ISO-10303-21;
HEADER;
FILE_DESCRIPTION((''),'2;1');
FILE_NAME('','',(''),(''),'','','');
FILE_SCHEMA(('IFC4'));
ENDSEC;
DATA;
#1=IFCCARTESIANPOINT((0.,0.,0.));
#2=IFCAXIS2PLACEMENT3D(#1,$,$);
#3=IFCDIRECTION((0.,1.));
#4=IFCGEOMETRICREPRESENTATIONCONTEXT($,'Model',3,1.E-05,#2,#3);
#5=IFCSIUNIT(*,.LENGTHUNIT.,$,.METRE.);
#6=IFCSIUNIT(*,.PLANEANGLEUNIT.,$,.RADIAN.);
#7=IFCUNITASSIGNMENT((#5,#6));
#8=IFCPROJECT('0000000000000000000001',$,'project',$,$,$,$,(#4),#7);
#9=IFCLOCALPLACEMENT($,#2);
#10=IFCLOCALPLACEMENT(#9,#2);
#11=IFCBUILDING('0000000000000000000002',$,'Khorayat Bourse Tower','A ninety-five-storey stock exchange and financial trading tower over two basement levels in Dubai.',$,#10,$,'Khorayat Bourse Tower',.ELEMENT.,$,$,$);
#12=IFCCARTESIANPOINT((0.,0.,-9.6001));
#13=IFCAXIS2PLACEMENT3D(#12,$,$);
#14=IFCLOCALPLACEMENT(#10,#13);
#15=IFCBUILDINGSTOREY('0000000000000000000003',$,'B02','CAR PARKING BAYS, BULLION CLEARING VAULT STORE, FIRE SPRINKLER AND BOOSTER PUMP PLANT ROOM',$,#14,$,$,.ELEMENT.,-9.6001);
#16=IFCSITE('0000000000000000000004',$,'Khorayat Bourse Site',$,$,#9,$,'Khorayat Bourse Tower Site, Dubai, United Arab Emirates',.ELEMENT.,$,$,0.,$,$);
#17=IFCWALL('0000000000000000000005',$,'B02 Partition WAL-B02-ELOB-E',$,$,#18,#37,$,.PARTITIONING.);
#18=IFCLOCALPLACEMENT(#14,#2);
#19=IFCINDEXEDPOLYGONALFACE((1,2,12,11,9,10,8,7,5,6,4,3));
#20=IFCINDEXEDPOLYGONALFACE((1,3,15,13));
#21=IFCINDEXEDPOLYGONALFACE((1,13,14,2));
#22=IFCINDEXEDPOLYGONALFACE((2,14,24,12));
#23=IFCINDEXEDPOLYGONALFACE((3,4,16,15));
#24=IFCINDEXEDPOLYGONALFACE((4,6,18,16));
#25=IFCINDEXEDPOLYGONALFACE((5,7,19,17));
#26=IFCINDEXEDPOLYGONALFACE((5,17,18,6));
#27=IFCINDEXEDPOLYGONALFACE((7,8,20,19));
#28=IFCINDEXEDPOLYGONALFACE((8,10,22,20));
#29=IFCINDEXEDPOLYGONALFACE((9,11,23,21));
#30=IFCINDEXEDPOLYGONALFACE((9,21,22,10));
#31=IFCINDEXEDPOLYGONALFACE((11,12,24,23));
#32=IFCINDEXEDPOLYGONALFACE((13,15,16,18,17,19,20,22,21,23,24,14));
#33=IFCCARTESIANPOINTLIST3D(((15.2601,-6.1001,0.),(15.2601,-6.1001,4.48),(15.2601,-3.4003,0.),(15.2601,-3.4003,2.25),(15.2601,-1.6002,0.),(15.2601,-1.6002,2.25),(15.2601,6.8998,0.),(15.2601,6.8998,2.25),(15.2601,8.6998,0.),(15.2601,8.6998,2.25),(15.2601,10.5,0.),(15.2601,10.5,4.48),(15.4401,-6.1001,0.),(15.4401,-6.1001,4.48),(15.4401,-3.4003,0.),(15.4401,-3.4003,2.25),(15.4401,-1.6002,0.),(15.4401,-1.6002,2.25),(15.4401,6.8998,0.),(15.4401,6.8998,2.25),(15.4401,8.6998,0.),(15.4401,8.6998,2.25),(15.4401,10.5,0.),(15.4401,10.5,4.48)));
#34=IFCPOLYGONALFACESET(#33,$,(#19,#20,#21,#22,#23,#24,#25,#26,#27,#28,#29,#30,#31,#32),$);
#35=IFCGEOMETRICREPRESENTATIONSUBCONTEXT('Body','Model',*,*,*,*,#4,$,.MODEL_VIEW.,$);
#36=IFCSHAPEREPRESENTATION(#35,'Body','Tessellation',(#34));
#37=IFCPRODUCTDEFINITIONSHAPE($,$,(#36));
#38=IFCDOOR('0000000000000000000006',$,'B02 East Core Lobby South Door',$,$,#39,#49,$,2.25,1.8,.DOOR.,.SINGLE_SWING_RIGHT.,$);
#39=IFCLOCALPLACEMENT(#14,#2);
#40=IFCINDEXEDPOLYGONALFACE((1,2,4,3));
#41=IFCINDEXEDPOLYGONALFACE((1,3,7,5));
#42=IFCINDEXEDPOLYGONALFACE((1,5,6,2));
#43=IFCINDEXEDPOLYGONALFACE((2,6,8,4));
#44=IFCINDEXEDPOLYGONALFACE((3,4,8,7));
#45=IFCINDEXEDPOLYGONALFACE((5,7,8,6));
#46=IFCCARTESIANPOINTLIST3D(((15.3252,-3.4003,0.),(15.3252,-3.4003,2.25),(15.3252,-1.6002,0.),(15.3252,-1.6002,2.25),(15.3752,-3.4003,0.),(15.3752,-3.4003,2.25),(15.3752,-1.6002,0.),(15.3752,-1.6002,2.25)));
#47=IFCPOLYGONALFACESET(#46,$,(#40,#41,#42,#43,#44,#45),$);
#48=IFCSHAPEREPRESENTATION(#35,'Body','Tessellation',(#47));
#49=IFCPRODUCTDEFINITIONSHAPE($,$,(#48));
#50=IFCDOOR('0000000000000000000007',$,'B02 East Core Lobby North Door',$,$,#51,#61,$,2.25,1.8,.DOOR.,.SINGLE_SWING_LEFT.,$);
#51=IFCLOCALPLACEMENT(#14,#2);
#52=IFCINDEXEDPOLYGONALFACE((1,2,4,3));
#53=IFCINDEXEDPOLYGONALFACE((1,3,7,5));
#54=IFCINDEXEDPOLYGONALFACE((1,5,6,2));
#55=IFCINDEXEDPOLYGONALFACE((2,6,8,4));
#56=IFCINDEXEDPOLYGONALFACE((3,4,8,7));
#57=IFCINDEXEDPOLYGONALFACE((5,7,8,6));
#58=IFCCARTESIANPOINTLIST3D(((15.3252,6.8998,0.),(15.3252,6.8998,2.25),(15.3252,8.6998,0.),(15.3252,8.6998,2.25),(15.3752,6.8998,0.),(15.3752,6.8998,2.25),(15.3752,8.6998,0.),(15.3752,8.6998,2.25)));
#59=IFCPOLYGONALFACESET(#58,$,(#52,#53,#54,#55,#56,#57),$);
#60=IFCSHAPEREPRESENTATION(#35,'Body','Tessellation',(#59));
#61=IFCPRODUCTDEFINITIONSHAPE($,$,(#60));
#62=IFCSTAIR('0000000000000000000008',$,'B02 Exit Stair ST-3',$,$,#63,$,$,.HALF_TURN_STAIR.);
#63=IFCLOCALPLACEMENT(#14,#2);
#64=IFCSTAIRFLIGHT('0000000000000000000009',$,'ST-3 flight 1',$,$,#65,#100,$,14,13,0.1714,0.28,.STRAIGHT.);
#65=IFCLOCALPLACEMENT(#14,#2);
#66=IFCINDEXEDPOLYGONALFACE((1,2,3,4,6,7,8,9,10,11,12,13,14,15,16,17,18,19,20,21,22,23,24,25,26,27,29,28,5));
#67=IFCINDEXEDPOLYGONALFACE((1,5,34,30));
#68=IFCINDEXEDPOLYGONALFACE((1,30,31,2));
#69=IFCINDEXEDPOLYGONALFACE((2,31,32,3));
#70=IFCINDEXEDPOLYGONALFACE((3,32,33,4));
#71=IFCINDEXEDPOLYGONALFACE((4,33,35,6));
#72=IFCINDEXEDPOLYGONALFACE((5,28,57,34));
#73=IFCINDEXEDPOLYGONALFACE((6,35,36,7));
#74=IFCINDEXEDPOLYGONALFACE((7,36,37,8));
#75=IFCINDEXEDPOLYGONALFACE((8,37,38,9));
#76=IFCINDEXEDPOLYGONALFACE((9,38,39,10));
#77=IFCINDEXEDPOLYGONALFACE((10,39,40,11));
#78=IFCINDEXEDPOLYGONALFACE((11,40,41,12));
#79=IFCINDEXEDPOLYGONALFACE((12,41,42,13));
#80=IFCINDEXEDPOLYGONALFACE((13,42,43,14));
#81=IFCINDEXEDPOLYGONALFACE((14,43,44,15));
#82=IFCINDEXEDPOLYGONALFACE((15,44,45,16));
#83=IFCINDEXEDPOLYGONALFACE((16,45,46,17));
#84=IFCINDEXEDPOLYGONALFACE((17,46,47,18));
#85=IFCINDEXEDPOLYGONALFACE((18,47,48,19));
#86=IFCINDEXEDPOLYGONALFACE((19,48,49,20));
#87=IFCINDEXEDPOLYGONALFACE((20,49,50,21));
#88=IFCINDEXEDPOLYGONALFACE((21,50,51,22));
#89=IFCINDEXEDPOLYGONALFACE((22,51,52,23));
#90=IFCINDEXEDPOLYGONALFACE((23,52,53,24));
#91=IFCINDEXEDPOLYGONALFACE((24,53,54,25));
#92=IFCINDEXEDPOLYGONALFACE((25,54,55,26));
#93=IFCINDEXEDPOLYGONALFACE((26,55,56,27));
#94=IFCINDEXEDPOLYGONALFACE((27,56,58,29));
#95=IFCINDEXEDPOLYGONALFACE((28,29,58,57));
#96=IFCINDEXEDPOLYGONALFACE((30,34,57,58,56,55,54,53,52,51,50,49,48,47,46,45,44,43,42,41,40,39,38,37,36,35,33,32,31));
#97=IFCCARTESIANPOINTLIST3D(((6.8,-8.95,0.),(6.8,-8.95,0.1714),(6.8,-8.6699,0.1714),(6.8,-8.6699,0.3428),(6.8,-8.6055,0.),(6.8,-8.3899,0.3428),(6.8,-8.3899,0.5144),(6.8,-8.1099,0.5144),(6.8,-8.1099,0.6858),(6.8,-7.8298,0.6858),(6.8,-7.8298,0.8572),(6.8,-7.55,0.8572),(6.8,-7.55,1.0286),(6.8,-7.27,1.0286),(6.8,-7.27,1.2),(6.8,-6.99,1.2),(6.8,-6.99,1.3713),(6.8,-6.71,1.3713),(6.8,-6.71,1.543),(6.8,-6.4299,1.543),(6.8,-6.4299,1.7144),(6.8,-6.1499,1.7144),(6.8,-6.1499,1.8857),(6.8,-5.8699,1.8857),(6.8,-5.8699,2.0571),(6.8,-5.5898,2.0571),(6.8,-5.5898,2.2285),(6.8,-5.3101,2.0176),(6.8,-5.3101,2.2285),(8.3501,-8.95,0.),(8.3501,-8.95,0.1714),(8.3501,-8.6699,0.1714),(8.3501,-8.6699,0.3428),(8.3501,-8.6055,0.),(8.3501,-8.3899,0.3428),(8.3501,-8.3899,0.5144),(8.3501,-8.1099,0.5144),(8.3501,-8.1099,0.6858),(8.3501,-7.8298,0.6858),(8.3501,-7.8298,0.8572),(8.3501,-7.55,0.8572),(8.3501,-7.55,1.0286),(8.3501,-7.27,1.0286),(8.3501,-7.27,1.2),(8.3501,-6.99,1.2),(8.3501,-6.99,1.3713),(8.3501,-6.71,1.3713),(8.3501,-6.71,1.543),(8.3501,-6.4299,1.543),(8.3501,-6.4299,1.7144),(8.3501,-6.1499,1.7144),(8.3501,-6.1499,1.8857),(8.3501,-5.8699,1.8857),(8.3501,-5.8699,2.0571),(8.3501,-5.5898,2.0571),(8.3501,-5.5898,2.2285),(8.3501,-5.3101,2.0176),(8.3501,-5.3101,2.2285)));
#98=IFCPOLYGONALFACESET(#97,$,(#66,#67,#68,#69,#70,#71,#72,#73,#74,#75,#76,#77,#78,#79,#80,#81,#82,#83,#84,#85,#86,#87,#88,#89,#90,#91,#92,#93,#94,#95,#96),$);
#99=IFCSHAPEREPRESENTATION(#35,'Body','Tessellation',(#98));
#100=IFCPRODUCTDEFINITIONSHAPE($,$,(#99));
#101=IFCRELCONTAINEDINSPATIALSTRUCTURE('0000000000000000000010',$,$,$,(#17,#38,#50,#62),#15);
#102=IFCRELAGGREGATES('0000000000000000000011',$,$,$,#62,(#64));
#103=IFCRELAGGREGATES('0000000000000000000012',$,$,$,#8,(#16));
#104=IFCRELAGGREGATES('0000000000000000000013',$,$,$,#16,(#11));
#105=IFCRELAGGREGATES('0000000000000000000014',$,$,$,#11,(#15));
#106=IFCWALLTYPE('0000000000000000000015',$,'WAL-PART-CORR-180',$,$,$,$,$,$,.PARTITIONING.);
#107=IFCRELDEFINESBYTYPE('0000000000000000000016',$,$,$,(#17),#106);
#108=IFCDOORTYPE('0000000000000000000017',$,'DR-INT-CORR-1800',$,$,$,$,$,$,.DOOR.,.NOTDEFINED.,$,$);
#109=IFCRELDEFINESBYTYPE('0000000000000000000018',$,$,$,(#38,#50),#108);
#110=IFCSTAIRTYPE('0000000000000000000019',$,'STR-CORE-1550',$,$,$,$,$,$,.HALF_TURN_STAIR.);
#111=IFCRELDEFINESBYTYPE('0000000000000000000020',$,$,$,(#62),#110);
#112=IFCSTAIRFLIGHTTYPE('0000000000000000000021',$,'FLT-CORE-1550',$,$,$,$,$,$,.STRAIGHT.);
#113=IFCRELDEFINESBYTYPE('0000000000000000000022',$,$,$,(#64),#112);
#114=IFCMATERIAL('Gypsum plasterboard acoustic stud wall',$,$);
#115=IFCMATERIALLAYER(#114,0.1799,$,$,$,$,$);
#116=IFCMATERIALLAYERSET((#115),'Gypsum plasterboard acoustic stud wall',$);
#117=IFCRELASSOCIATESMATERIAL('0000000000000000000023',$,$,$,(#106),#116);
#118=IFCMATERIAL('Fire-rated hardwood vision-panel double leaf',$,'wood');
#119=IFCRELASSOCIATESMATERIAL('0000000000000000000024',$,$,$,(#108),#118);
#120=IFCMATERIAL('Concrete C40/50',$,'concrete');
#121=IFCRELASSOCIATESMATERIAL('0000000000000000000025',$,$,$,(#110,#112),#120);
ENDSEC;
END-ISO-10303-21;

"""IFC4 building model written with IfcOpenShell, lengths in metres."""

from ifc_helpers import new_model, si_unit, direction, frame, frame_2d, origin, place, context, subcontext, project, spatial, polyline, rectangle, outline, extrude, source, transform, mapped, material, layer, layer_set, type_object, element, fill, aggregate, save


model = new_model("IFC4")

# Units and contexts
model_context = context("Model", 3, precision=1e-05, world=origin(), true_north=direction((0.0, 1.0)))
body_context = subcontext(model_context, "Body", "Model", "MODEL_VIEW")
ifc_project = project(units=[si_unit("LENGTHUNIT", "METRE"), si_unit("PLANEANGLEUNIT", "RADIAN")], contexts=[model_context])

# Site, building, storey
site_placement = place(None, origin())
site = spatial("IfcSite", under=ifc_project, at=site_placement, Name="Khorayat Bourse Site", LongName="Khorayat Bourse Tower Site, Dubai, United Arab Emirates", CompositionType="ELEMENT", RefElevation=0.0)
building_placement = place(site_placement, origin())
building = spatial("IfcBuilding", under=site, at=building_placement, Name="Khorayat Bourse Tower", Description="A ninety-five-storey stock exchange and financial trading tower over two basement levels in Dubai.", LongName="Khorayat Bourse Tower", CompositionType="ELEMENT")
storey_placement = place(building_placement, frame((0.0, 0.0, -9.6001)))
storey = spatial("IfcBuildingStorey", under=building, at=storey_placement, Name="B02", Description="CAR PARKING BAYS, BULLION CLEARING VAULT STORE, FIRE SPRINKLER AND BOOSTER PUMP PLANT ROOM", CompositionType="ELEMENT", Elevation=-9.6001)

# Wall, openings, doors
ifc_material_1 = material(Name="Gypsum plasterboard acoustic stud wall")
ifc_layer_1 = layer(ifc_material_1, 0.1799)
ifc_layer_set_1 = layer_set([ifc_layer_1], Name="Gypsum plasterboard acoustic stud wall")
wall_type_1 = type_object("IfcWallType", Name="WAL-PART-CORR-180", PredefinedType="PARTITIONING", material=ifc_layer_set_1)
shared_shape_1 = source(origin(), body_context, "Body", "SweptSolid", [
    extrude(rectangle(XDim=16.6001, YDim=0.1799, at=frame_2d((8.3, 0.0))), origin(), (0.0, 0.0, 1.0), 4.48),
])
wall_1_placement = place(storey_placement, frame((15.3501, -6.1001, 0.0), z_axis=(0.0, 0.0, 1.0), x_axis=(0.0, 1.0, 0.0)))
wall_1 = element("IfcWall", 1, at=wall_1_placement, inside=storey, type_object=wall_type_1, Name="B02 Partition WAL-B02-ELOB-E", PredefinedType="PARTITIONING", context=body_context, shape_type="MappedRepresentation", body=[
    mapped(shared_shape_1, transform((0.0, 0.0, 0.0), scale=1.0)),
])
shared_shape_2 = source(origin(), body_context, "Body", "SweptSolid", [
    extrude(rectangle(XDim=1.8, YDim=2.25, at=frame_2d((0.8999, 1.125))), frame((0.0, 0.0999, 0.0), z_axis=(0.0, -1.0, 0.0), x_axis=(1.0, 0.0, 0.0)), (0.0, 0.0, 1.0), 0.2),
])
opening_1_placement = place(wall_1_placement, frame((2.7, 0.0, 0.0)))
opening_1 = element("IfcOpeningElement", 2, at=opening_1_placement, cuts=wall_1, PredefinedType="OPENING", context=body_context, shape_type="MappedRepresentation", body=[
    mapped(shared_shape_2, transform((0.0, 0.0, 0.0), scale=1.0)),
])
opening_2_placement = place(wall_1_placement, frame((13.0, 0.0, 0.0)))
opening_2 = element("IfcOpeningElement", 3, at=opening_2_placement, cuts=wall_1, PredefinedType="OPENING", context=body_context, shape_type="MappedRepresentation", body=[
    mapped(shared_shape_2, transform((0.0, 0.0, 0.0), scale=1.0)),
])
ifc_material_2 = material(Name="Fire-rated hardwood vision-panel double leaf", Category="wood")
door_type_1 = type_object("IfcDoorType", Name="DR-INT-CORR-1800", OperationType="NOTDEFINED", PredefinedType="DOOR", material=ifc_material_2)
shared_shape_3 = source(origin(), body_context, "Body", "SweptSolid", [
    extrude(rectangle(XDim=1.8, YDim=2.25, at=frame_2d((0.8999, 1.125))), frame((0.0, 0.0249, 0.0), z_axis=(0.0, -1.0, 0.0), x_axis=(1.0, 0.0, 0.0)), (0.0, 0.0, 1.0), 0.05),
])
door_1_placement = place(opening_1_placement, origin())
door_1 = element("IfcDoor", 4, at=door_1_placement, inside=storey, type_object=door_type_1, Name="B02 East Core Lobby South Door", OperationType="SINGLE_SWING_RIGHT", OverallHeight=2.25, OverallWidth=1.8, PredefinedType="DOOR", context=body_context, shape_type="MappedRepresentation", body=[
    mapped(shared_shape_3, transform((0.0, 0.0, 0.0), scale=1.0)),
])
fill(opening_1, door_1)
door_2_placement = place(opening_2_placement, origin())
door_2 = element("IfcDoor", 5, at=door_2_placement, inside=storey, type_object=door_type_1, Name="B02 East Core Lobby North Door", OperationType="SINGLE_SWING_LEFT", OverallHeight=2.25, OverallWidth=1.8, PredefinedType="DOOR", context=body_context, shape_type="MappedRepresentation", body=[
    mapped(shared_shape_3, transform((0.0, 0.0, 0.0), scale=1.0)),
])
fill(opening_2, door_2)

# Stair, stair flight
ifc_material_3 = material(Name="Concrete C40/50", Category="concrete")
stair_type = type_object("IfcStairType", Name="STR-CORE-1550", PredefinedType="HALF_TURN_STAIR", material=ifc_material_3)
stair_placement = place(storey_placement, origin())
stair = element("IfcStair", 6, at=stair_placement, inside=storey, type_object=stair_type, Name="B02 Exit Stair ST-3", PredefinedType="HALF_TURN_STAIR")
stair_flight_type = type_object("IfcStairFlightType", Name="FLT-CORE-1550", PredefinedType="STRAIGHT", material=ifc_material_3)
shared_shape_4 = source(origin(), body_context, "Body", "SweptSolid", [
    extrude(outline(polyline([(0.0, 0.0), (0.0, 0.1714), (0.28, 0.1714), (0.28, 0.3428), (0.5601, 0.3428), (0.5601, 0.5144), (0.8401, 0.5144), (0.8401, 0.6858), (1.1201, 0.6858), (1.1201, 0.8572), (1.3999, 0.8572), (1.3999, 1.0286), (1.6799, 1.0286), (1.6799, 1.2), (1.96, 1.2), (1.96, 1.3713), (2.24, 1.3713), (2.24, 1.543), (2.52, 1.543), (2.52, 1.7144), (2.8, 1.7144), (2.8, 1.8857), (3.0801, 1.8857), (3.0801, 2.0571), (3.3601, 2.0571), (3.3601, 2.2285), (3.6399, 2.2285), (3.6399, 2.3999), (3.6399, 2.0176), (0.3445, 0.0), (0.0, 0.0)])), frame((0.0, 0.7749, 0.0), z_axis=(0.0, -1.0, 0.0), x_axis=(1.0, 0.0, 0.0)), (0.0, 0.0, 1.0), 1.55),
])
stair_flight_placement = place(storey_placement, frame((7.575, -8.95, 0.0), z_axis=(0.0, 0.0, 1.0), x_axis=(0.0, 1.0, 0.0)))
stair_flight = element("IfcStairFlight", 7, at=stair_flight_placement, type_object=stair_flight_type, Name="ST-3 flight 1", NumberOfRisers=14, NumberOfTreads=13, PredefinedType="STRAIGHT", RiserHeight=0.1714, TreadLength=0.28, context=body_context, shape_type="MappedRepresentation", body=[
    mapped(shared_shape_4, transform((0.0, 0.0, 0.0), scale=1.0)),
])
aggregate(stair, [stair_flight])

save(model, "model.ifc")
